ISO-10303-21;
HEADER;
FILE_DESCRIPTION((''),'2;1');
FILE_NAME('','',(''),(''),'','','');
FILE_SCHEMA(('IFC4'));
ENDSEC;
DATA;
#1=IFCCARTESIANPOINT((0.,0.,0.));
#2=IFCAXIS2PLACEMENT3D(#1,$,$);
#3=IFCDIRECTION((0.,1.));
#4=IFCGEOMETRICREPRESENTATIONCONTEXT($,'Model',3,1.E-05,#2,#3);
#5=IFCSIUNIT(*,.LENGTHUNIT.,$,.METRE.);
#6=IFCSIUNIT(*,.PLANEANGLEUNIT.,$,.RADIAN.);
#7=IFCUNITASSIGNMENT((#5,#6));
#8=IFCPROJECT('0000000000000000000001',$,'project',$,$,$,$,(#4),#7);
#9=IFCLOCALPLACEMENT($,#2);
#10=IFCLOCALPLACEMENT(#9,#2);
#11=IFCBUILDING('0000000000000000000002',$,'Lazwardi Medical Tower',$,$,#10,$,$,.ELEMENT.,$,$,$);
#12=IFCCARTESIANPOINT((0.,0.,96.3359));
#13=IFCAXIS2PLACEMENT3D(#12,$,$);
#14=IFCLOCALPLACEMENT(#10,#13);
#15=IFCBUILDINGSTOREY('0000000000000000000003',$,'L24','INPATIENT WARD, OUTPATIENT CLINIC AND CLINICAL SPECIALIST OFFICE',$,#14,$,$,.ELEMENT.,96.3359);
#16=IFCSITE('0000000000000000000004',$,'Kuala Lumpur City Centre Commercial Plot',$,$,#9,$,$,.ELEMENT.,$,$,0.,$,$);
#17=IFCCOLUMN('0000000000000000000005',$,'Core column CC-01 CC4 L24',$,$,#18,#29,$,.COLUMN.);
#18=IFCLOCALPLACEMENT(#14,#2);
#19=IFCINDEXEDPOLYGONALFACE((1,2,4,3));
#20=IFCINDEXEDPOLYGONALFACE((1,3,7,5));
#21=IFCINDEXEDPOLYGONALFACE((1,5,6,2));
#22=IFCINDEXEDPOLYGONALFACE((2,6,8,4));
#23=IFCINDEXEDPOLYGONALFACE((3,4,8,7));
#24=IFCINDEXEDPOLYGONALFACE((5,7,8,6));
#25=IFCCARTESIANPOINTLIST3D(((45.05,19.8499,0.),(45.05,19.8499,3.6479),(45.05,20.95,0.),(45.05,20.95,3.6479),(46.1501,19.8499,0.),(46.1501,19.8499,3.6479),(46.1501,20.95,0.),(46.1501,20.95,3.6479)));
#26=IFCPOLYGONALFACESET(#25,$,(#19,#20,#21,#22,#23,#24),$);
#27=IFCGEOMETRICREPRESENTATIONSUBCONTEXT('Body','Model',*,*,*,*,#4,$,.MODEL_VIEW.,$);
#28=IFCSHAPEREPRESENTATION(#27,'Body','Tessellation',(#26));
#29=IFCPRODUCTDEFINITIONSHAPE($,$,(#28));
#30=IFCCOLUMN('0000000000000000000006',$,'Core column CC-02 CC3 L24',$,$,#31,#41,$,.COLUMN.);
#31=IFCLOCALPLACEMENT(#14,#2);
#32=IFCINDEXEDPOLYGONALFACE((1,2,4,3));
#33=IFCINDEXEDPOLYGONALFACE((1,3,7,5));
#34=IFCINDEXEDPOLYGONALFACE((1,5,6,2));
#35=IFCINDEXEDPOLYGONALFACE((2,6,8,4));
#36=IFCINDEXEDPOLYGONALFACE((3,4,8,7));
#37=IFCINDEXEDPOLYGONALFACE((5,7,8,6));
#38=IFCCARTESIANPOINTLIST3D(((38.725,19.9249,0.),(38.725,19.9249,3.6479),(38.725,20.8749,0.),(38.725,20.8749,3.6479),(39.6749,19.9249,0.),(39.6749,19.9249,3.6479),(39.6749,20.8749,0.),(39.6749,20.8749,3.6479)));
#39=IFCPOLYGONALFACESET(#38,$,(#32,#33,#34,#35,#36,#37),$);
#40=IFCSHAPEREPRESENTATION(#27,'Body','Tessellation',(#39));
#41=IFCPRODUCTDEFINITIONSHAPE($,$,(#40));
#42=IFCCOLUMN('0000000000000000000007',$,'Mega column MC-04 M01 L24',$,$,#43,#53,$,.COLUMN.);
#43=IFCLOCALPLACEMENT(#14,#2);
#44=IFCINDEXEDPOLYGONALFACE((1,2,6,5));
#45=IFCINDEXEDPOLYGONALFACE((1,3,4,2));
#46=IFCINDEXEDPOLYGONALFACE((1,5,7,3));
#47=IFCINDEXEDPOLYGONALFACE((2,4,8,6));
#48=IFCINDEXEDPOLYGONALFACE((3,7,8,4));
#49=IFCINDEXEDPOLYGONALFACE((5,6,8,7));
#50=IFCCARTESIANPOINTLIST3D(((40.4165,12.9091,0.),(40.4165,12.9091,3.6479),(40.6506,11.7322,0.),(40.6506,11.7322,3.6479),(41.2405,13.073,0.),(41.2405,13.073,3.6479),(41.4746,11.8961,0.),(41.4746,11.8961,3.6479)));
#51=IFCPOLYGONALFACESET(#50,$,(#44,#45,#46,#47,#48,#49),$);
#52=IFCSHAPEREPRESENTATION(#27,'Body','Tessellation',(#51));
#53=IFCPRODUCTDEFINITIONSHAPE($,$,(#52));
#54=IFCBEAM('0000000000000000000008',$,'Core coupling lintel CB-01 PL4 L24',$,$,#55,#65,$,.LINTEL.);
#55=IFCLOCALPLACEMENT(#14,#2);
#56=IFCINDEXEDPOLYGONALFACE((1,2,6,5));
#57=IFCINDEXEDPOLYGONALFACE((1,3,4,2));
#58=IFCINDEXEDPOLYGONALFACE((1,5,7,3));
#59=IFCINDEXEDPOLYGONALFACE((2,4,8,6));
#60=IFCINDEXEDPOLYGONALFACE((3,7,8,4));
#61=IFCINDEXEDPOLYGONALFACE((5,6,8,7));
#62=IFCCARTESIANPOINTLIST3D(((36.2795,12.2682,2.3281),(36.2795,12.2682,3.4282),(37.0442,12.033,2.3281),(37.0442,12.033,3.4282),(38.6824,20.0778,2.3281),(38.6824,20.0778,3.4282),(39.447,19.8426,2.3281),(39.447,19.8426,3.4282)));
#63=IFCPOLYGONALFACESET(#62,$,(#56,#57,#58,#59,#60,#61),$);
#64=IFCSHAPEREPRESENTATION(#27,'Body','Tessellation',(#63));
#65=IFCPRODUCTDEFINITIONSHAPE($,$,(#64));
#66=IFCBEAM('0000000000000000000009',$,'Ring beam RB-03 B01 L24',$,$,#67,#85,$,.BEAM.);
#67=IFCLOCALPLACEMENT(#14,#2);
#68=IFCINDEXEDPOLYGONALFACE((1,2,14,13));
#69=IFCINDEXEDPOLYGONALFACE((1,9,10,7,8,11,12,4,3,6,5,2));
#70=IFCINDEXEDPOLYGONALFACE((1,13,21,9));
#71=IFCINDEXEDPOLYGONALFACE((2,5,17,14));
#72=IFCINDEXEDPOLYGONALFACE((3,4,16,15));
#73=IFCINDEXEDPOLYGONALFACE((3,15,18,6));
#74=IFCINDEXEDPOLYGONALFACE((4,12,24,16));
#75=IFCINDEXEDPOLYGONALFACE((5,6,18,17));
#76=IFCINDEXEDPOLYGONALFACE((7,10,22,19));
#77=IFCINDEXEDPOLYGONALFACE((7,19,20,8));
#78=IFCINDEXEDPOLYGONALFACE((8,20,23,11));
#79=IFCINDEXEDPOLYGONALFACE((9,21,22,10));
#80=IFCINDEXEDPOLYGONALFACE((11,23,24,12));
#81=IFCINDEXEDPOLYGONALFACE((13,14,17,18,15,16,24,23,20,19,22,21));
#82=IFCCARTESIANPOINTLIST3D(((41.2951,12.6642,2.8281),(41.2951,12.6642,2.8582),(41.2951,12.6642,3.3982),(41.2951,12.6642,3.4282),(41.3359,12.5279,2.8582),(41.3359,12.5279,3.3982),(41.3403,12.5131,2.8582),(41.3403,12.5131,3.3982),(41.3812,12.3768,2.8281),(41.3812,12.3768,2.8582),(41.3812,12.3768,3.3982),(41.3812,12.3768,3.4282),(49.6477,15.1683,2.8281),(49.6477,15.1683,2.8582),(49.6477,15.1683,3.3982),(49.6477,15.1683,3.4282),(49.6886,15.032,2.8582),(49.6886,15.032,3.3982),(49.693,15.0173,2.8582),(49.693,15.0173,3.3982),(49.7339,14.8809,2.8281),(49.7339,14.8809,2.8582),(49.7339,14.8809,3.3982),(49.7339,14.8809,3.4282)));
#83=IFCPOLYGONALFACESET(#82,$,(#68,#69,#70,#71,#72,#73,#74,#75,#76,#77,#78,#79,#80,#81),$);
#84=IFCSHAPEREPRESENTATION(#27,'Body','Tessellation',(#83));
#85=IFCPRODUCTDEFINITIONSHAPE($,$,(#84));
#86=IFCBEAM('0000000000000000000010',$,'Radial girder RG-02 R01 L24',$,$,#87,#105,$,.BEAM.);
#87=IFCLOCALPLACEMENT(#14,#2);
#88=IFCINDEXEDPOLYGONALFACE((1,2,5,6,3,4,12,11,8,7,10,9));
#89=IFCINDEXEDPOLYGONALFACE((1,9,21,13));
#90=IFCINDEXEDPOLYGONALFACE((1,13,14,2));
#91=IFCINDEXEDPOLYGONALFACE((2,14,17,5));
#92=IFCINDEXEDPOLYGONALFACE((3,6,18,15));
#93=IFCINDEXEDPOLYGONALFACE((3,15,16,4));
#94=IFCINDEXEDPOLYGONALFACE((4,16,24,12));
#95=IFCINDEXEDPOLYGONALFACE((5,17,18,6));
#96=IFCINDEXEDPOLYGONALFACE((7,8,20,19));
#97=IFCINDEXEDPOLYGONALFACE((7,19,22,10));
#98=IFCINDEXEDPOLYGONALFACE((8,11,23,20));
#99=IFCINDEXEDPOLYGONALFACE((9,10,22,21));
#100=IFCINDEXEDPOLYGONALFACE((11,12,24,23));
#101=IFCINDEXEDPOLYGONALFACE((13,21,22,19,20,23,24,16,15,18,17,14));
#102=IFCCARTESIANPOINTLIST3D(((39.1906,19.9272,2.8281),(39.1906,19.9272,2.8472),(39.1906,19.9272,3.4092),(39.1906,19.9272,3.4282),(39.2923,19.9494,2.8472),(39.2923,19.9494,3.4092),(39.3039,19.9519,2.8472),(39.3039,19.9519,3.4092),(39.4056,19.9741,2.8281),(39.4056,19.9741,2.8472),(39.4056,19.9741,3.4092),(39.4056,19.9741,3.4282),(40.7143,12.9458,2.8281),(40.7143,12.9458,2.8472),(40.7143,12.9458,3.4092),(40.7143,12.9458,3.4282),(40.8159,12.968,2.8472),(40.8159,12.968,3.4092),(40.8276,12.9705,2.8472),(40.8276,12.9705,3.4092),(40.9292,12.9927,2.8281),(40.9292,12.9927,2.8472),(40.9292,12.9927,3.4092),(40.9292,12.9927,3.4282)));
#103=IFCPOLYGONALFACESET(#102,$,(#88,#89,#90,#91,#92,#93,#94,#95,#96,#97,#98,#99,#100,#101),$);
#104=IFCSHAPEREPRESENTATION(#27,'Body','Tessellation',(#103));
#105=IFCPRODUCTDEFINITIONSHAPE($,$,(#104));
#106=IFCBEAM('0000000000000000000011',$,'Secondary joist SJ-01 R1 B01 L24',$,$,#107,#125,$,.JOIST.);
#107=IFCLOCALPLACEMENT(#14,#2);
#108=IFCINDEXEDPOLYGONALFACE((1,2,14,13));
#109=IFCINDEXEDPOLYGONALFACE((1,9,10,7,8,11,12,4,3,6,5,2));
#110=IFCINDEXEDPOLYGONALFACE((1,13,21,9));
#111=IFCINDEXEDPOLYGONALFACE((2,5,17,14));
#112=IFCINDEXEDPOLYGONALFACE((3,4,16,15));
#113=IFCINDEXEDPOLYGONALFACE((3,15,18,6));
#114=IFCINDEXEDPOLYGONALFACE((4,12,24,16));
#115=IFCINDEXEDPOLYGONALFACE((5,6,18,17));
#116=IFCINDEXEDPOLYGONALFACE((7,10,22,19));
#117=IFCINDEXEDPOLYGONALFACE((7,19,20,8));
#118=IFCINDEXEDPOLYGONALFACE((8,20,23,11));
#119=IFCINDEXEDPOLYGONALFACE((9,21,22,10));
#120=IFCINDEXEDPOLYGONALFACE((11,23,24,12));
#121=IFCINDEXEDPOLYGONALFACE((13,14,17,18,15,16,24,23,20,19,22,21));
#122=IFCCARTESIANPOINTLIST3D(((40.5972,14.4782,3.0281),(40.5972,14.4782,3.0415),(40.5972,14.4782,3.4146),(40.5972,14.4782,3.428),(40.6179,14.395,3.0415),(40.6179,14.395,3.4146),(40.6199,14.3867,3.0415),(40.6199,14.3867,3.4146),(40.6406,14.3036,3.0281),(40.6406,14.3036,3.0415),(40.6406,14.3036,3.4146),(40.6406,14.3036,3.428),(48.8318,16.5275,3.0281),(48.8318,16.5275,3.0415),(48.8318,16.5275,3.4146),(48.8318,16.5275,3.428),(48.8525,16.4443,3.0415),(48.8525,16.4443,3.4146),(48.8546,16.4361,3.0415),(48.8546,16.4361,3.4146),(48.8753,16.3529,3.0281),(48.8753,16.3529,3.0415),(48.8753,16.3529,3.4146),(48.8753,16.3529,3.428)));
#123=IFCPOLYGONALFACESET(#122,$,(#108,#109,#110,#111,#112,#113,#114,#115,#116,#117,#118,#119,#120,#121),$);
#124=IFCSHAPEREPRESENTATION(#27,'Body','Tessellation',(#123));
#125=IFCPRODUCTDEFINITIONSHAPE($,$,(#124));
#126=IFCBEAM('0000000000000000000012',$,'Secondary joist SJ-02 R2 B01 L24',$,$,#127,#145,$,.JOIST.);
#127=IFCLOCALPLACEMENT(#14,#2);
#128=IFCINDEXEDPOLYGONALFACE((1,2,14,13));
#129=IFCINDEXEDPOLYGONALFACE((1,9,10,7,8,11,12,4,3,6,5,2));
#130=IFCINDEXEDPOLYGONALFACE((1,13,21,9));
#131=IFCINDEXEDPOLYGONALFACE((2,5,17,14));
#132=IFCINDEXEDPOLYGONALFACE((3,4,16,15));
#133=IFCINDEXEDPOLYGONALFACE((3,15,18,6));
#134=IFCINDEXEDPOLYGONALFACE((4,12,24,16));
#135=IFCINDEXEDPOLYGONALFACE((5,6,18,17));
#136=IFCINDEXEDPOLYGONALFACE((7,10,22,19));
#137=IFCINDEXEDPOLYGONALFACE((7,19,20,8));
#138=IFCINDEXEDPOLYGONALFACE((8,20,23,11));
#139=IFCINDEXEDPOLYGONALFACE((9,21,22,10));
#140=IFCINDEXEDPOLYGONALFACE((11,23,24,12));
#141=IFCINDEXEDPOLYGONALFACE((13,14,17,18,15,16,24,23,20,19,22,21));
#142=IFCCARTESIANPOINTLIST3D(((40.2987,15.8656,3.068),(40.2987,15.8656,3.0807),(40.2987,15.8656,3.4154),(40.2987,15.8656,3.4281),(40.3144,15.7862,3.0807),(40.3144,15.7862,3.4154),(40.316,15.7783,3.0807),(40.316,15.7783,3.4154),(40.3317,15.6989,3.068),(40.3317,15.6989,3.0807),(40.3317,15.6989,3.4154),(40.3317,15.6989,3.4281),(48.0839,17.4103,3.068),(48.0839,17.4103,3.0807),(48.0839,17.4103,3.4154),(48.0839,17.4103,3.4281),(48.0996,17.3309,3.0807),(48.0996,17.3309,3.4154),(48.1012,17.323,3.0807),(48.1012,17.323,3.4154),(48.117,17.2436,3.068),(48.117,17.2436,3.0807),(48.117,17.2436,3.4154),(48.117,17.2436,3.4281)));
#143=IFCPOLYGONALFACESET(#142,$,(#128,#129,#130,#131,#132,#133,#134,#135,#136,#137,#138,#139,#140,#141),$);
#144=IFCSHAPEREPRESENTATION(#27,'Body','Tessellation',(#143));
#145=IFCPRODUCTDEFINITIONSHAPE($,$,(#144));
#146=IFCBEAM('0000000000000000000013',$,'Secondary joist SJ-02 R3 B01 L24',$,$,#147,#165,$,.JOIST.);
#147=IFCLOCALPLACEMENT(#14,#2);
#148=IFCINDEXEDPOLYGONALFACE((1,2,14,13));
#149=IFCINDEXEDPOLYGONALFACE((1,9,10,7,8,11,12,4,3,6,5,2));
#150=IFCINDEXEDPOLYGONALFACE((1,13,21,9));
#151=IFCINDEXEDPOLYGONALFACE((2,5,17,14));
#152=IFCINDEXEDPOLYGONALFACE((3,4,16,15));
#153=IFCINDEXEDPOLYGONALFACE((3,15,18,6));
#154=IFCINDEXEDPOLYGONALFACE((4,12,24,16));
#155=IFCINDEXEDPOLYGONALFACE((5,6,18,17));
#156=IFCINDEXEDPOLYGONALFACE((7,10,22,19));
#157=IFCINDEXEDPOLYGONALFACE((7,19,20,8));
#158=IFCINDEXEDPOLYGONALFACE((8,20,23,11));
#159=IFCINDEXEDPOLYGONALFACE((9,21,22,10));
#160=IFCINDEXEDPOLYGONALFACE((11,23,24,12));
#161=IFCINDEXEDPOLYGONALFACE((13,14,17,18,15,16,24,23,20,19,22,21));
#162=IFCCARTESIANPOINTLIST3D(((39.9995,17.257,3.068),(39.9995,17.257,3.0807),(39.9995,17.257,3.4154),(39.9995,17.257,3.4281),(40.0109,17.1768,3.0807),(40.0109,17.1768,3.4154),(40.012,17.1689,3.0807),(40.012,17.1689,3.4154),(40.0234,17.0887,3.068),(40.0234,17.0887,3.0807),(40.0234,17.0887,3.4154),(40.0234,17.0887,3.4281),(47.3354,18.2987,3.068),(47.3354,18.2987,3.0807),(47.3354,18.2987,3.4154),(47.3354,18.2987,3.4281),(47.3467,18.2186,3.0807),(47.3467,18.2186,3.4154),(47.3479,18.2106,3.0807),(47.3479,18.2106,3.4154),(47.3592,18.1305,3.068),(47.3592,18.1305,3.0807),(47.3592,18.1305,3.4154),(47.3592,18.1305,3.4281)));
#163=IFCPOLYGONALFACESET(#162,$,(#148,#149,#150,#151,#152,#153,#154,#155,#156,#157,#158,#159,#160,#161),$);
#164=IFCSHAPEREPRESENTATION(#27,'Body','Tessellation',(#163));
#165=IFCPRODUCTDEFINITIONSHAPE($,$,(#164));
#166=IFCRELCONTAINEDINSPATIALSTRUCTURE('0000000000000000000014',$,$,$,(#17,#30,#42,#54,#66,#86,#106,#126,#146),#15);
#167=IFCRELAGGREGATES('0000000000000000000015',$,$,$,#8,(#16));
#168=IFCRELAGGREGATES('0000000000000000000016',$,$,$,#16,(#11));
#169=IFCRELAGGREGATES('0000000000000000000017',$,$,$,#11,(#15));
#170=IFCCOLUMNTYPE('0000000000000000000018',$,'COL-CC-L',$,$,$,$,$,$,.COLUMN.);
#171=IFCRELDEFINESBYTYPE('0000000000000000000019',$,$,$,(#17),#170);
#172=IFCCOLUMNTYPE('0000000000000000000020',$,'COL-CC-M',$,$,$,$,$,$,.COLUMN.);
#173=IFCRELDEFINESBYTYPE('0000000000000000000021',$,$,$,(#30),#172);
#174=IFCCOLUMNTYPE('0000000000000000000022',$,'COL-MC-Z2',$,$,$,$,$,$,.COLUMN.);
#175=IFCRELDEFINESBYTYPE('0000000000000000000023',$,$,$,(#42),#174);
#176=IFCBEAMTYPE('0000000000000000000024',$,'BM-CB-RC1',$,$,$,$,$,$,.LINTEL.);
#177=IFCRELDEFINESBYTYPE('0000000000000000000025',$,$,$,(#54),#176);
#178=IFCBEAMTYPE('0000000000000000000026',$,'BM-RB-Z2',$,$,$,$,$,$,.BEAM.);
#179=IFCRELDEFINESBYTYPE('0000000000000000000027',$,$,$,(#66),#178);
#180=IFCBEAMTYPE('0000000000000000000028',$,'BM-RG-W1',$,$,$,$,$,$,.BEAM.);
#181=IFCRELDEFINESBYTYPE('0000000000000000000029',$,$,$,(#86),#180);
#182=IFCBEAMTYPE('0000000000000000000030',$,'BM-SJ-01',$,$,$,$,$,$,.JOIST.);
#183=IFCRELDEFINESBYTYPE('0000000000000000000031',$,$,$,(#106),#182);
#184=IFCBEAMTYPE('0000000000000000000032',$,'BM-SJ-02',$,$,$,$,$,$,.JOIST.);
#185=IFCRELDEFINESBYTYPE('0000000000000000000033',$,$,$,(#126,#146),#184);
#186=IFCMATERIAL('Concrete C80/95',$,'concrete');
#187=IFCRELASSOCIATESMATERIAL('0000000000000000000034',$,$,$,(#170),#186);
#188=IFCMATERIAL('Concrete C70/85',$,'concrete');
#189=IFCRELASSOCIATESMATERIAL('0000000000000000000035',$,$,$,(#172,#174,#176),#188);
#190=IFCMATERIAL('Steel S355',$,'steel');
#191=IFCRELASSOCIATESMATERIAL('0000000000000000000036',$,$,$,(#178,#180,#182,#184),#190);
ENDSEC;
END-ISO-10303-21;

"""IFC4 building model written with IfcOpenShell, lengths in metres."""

from ifc_helpers import new_model, si_unit, direction, frame, origin, origin_2d, place, context, subcontext, project, spatial, rectangle, i_section, extrude, material, material_profile, profile_set, type_object, element, save


model = new_model("IFC4")

# Units and contexts
model_context = context("Model", 3, precision=1e-05, world=origin(), true_north=direction((0.0, 1.0)))
body_context = subcontext(model_context, "Body", "Model", "MODEL_VIEW")
ifc_project = project(units=[si_unit("LENGTHUNIT", "METRE"), si_unit("PLANEANGLEUNIT", "RADIAN")], contexts=[model_context])

# Site, building, storey
site_placement = place(None, origin())
site = spatial("IfcSite", under=ifc_project, at=site_placement, Name="Kuala Lumpur City Centre Commercial Plot", CompositionType="ELEMENT", RefElevation=0.0)
building_placement = place(site_placement, origin())
building = spatial("IfcBuilding", under=site, at=building_placement, Name="Lazwardi Medical Tower", CompositionType="ELEMENT")
storey_placement = place(building_placement, frame((0.0, 0.0, 96.3359)))
storey = spatial("IfcBuildingStorey", under=building, at=storey_placement, Name="L24", Description="INPATIENT WARD, OUTPATIENT CLINIC AND CLINICAL SPECIALIST OFFICE", CompositionType="ELEMENT", Elevation=96.3359)

# Columns
ifc_material_1 = material(Name="Concrete C80/95", Category="concrete")
ifc_material_profile_1 = material_profile(ifc_material_1, rectangle(XDim=1.1001, YDim=1.1001, at=origin_2d()), Name="RC 1100x1100")
ifc_profile_set_1 = profile_set([ifc_material_profile_1], Name="Concrete C80/95")
column_type_1 = type_object("IfcColumnType", Name="COL-CC-L", PredefinedType="COLUMN", material=ifc_profile_set_1)
column_1_placement = place(storey_placement, frame((45.6001, 20.3999, 0.0), z_axis=(0.0, 0.0, 1.0), x_axis=(1.0, 0.0, 0.0)))
element("IfcColumn", 1, at=column_1_placement, inside=storey, type_object=column_type_1, Name="Core column CC-01 CC4 L24", PredefinedType="COLUMN", context=body_context, shape_type="SweptSolid", body=[
    extrude(rectangle(XDim=1.1001, YDim=1.1001, at=origin_2d()), origin(), (0.0, 0.0, 1.0), 3.6479),
])
ifc_material_2 = material(Name="Concrete C70/85", Category="concrete")
ifc_material_profile_2 = material_profile(ifc_material_2, rectangle(XDim=0.95, YDim=0.95, at=origin_2d()), Name="RC 950x950")
ifc_profile_set_2 = profile_set([ifc_material_profile_2], Name="Concrete C70/85")
column_type_2 = type_object("IfcColumnType", Name="COL-CC-M", PredefinedType="COLUMN", material=ifc_profile_set_2)
column_2_placement = place(storey_placement, frame((39.2, 20.3999, 0.0), z_axis=(0.0, 0.0, 1.0), x_axis=(1.0, 0.0, 0.0)))
element("IfcColumn", 2, at=column_2_placement, inside=storey, type_object=column_type_2, Name="Core column CC-02 CC3 L24", PredefinedType="COLUMN", context=body_context, shape_type="SweptSolid", body=[
    extrude(rectangle(XDim=0.95, YDim=0.95, at=origin_2d()), origin(), (0.0, 0.0, 1.0), 3.6479),
])
ifc_material_profile_3 = material_profile(ifc_material_2, rectangle(XDim=1.2, YDim=0.8401, at=origin_2d()), Name="CFT-RECT 1200x840")
ifc_profile_set_3 = profile_set([ifc_material_profile_3], Name="Concrete C70/85")
column_type_3 = type_object("IfcColumnType", Name="COL-MC-Z2", PredefinedType="COLUMN", material=ifc_profile_set_3)
column_3_placement = place(storey_placement, frame((40.9456, 12.4026, 0.0), z_axis=(0.0, 0.0, 1.0), x_axis=(0.19509, -0.980785, 0.0)))
element("IfcColumn", 3, at=column_3_placement, inside=storey, type_object=column_type_3, Name="Mega column MC-04 M01 L24", PredefinedType="COLUMN", context=body_context, shape_type="SweptSolid", body=[
    extrude(rectangle(XDim=1.2, YDim=0.8401, at=origin_2d()), origin(), (0.0, 0.0, 1.0), 3.6479),
])

# Beams
ifc_material_profile_4 = material_profile(ifc_material_2, rectangle(XDim=0.8, YDim=1.1001, at=origin_2d()), Name="RC 800x1100")
ifc_profile_set_4 = profile_set([ifc_material_profile_4], Name="Concrete C70/85")
beam_type_1 = type_object("IfcBeamType", Name="BM-CB-RC1", PredefinedType="LINTEL", material=ifc_profile_set_4)
beam_1_placement = place(storey_placement, frame((39.0647, 19.9602, 2.8782), z_axis=(-0.294073, -0.955783, 0.0), x_axis=(0.955783, -0.294073, 0.0)))
element("IfcBeam", 4, at=beam_1_placement, inside=storey, type_object=beam_type_1, Name="Core coupling lintel CB-01 PL4 L24", PredefinedType="LINTEL", context=body_context, shape_type="SweptSolid", body=[
    extrude(rectangle(XDim=0.8, YDim=1.1001, at=origin_2d()), origin(), (0.0, 0.0, 1.0), 8.1709),
])
ifc_material_3 = material(Name="Steel S355", Category="steel")
ifc_material_profile_5 = material_profile(ifc_material_3, i_section(OverallWidth=0.3, OverallDepth=0.6001, WebThickness=0.0154, FlangeThickness=0.03, at=origin_2d()), Name="HEB 600")
ifc_profile_set_5 = profile_set([ifc_material_profile_5], Name="Steel S355")
beam_type_2 = type_object("IfcBeamType", Name="BM-RB-Z2", PredefinedType="BEAM", material=ifc_profile_set_5)
beam_2_placement = place(storey_placement, frame((41.3381, 12.5205, 3.1282), z_axis=(0.957879, 0.287171, 0.0), x_axis=(-0.287171, 0.957879, 0.0)))
element("IfcBeam", 5, at=beam_2_placement, inside=storey, type_object=beam_type_2, Name="Ring beam RB-03 B01 L24", PredefinedType="BEAM", context=body_context, shape_type="SweptSolid", body=[
    extrude(i_section(OverallWidth=0.3, OverallDepth=0.6001, WebThickness=0.0154, FlangeThickness=0.03, at=origin_2d()), origin(), (0.0, 0.0, 1.0), 8.72),
])
ifc_material_profile_6 = material_profile(ifc_material_3, i_section(OverallWidth=0.22, OverallDepth=0.6001, WebThickness=0.012, FlangeThickness=0.019, at=origin_2d()), Name="IPE 600")
ifc_profile_set_6 = profile_set([ifc_material_profile_6], Name="Steel S355")
beam_type_3 = type_object("IfcBeamType", Name="BM-RG-W1", PredefinedType="BEAM", material=ifc_profile_set_6)
beam_3_placement = place(storey_placement, frame((40.8218, 12.9692, 3.1282), z_axis=(-0.213228, 0.977002, 0.0), x_axis=(-0.977002, -0.213228, 0.0)))
element("IfcBeam", 6, at=beam_3_placement, inside=storey, type_object=beam_type_3, Name="Radial girder RG-02 R01 L24", PredefinedType="BEAM", context=body_context, shape_type="SweptSolid", body=[
    extrude(i_section(OverallWidth=0.22, OverallDepth=0.6001, WebThickness=0.012, FlangeThickness=0.019, at=origin_2d()), origin(), (0.0, 0.0, 1.0), 7.1458),
])
ifc_material_profile_7 = material_profile(ifc_material_3, i_section(OverallWidth=0.1799, OverallDepth=0.3999, WebThickness=0.0085, FlangeThickness=0.0134, at=origin_2d()), Name="IPE 400")
ifc_profile_set_7 = profile_set([ifc_material_profile_7], Name="Steel S355")
beam_type_4 = type_object("IfcBeamType", Name="BM-SJ-01", PredefinedType="JOIST", material=ifc_profile_set_7)
beam_4_placement = place(storey_placement, frame((40.6189, 14.3909, 3.228), z_axis=(0.970401, 0.2415, 0.0), x_axis=(-0.2415, 0.970401, 0.0)))
element("IfcBeam", 7, at=beam_4_placement, inside=storey, type_object=beam_type_4, Name="Secondary joist SJ-01 R1 B01 L24", PredefinedType="JOIST", context=body_context, shape_type="SweptSolid", body=[
    extrude(i_section(OverallWidth=0.1799, OverallDepth=0.3999, WebThickness=0.0085, FlangeThickness=0.0134, at=origin_2d()), origin(), (0.0, 0.0, 1.0), 8.4858),
])
ifc_material_profile_8 = material_profile(ifc_material_3, i_section(OverallWidth=0.1699, OverallDepth=0.3601, WebThickness=0.0081, FlangeThickness=0.0127, at=origin_2d()), Name="IPE 360")
ifc_profile_set_8 = profile_set([ifc_material_profile_8], Name="Steel S355")
beam_type_5 = type_object("IfcBeamType", Name="BM-SJ-02", PredefinedType="JOIST", material=ifc_profile_set_8)
beam_5_placement = place(storey_placement, frame((40.3152, 15.7822, 3.248), z_axis=(0.980879, 0.194619, 0.0), x_axis=(-0.194619, 0.980879, 0.0)))
element("IfcBeam", 8, at=beam_5_placement, inside=storey, type_object=beam_type_5, Name="Secondary joist SJ-02 R2 B01 L24", PredefinedType="JOIST", context=body_context, shape_type="SweptSolid", body=[
    extrude(i_section(OverallWidth=0.1699, OverallDepth=0.3601, WebThickness=0.0081, FlangeThickness=0.0127, at=origin_2d()), origin(), (0.0, 0.0, 1.0), 7.937),
])
beam_6_placement = place(storey_placement, frame((40.0115, 17.1729, 3.248), z_axis=(0.990067, 0.140596, 0.0), x_axis=(-0.140596, 0.990067, 0.0)))
element("IfcBeam", 9, at=beam_6_placement, inside=storey, type_object=beam_type_5, Name="Secondary joist SJ-02 R3 B01 L24", PredefinedType="JOIST", context=body_context, shape_type="SweptSolid", body=[
    extrude(i_section(OverallWidth=0.1699, OverallDepth=0.3601, WebThickness=0.0081, FlangeThickness=0.0127, at=origin_2d()), origin(), (0.0, 0.0, 1.0), 7.4094),
])

save(model, "model.ifc")
